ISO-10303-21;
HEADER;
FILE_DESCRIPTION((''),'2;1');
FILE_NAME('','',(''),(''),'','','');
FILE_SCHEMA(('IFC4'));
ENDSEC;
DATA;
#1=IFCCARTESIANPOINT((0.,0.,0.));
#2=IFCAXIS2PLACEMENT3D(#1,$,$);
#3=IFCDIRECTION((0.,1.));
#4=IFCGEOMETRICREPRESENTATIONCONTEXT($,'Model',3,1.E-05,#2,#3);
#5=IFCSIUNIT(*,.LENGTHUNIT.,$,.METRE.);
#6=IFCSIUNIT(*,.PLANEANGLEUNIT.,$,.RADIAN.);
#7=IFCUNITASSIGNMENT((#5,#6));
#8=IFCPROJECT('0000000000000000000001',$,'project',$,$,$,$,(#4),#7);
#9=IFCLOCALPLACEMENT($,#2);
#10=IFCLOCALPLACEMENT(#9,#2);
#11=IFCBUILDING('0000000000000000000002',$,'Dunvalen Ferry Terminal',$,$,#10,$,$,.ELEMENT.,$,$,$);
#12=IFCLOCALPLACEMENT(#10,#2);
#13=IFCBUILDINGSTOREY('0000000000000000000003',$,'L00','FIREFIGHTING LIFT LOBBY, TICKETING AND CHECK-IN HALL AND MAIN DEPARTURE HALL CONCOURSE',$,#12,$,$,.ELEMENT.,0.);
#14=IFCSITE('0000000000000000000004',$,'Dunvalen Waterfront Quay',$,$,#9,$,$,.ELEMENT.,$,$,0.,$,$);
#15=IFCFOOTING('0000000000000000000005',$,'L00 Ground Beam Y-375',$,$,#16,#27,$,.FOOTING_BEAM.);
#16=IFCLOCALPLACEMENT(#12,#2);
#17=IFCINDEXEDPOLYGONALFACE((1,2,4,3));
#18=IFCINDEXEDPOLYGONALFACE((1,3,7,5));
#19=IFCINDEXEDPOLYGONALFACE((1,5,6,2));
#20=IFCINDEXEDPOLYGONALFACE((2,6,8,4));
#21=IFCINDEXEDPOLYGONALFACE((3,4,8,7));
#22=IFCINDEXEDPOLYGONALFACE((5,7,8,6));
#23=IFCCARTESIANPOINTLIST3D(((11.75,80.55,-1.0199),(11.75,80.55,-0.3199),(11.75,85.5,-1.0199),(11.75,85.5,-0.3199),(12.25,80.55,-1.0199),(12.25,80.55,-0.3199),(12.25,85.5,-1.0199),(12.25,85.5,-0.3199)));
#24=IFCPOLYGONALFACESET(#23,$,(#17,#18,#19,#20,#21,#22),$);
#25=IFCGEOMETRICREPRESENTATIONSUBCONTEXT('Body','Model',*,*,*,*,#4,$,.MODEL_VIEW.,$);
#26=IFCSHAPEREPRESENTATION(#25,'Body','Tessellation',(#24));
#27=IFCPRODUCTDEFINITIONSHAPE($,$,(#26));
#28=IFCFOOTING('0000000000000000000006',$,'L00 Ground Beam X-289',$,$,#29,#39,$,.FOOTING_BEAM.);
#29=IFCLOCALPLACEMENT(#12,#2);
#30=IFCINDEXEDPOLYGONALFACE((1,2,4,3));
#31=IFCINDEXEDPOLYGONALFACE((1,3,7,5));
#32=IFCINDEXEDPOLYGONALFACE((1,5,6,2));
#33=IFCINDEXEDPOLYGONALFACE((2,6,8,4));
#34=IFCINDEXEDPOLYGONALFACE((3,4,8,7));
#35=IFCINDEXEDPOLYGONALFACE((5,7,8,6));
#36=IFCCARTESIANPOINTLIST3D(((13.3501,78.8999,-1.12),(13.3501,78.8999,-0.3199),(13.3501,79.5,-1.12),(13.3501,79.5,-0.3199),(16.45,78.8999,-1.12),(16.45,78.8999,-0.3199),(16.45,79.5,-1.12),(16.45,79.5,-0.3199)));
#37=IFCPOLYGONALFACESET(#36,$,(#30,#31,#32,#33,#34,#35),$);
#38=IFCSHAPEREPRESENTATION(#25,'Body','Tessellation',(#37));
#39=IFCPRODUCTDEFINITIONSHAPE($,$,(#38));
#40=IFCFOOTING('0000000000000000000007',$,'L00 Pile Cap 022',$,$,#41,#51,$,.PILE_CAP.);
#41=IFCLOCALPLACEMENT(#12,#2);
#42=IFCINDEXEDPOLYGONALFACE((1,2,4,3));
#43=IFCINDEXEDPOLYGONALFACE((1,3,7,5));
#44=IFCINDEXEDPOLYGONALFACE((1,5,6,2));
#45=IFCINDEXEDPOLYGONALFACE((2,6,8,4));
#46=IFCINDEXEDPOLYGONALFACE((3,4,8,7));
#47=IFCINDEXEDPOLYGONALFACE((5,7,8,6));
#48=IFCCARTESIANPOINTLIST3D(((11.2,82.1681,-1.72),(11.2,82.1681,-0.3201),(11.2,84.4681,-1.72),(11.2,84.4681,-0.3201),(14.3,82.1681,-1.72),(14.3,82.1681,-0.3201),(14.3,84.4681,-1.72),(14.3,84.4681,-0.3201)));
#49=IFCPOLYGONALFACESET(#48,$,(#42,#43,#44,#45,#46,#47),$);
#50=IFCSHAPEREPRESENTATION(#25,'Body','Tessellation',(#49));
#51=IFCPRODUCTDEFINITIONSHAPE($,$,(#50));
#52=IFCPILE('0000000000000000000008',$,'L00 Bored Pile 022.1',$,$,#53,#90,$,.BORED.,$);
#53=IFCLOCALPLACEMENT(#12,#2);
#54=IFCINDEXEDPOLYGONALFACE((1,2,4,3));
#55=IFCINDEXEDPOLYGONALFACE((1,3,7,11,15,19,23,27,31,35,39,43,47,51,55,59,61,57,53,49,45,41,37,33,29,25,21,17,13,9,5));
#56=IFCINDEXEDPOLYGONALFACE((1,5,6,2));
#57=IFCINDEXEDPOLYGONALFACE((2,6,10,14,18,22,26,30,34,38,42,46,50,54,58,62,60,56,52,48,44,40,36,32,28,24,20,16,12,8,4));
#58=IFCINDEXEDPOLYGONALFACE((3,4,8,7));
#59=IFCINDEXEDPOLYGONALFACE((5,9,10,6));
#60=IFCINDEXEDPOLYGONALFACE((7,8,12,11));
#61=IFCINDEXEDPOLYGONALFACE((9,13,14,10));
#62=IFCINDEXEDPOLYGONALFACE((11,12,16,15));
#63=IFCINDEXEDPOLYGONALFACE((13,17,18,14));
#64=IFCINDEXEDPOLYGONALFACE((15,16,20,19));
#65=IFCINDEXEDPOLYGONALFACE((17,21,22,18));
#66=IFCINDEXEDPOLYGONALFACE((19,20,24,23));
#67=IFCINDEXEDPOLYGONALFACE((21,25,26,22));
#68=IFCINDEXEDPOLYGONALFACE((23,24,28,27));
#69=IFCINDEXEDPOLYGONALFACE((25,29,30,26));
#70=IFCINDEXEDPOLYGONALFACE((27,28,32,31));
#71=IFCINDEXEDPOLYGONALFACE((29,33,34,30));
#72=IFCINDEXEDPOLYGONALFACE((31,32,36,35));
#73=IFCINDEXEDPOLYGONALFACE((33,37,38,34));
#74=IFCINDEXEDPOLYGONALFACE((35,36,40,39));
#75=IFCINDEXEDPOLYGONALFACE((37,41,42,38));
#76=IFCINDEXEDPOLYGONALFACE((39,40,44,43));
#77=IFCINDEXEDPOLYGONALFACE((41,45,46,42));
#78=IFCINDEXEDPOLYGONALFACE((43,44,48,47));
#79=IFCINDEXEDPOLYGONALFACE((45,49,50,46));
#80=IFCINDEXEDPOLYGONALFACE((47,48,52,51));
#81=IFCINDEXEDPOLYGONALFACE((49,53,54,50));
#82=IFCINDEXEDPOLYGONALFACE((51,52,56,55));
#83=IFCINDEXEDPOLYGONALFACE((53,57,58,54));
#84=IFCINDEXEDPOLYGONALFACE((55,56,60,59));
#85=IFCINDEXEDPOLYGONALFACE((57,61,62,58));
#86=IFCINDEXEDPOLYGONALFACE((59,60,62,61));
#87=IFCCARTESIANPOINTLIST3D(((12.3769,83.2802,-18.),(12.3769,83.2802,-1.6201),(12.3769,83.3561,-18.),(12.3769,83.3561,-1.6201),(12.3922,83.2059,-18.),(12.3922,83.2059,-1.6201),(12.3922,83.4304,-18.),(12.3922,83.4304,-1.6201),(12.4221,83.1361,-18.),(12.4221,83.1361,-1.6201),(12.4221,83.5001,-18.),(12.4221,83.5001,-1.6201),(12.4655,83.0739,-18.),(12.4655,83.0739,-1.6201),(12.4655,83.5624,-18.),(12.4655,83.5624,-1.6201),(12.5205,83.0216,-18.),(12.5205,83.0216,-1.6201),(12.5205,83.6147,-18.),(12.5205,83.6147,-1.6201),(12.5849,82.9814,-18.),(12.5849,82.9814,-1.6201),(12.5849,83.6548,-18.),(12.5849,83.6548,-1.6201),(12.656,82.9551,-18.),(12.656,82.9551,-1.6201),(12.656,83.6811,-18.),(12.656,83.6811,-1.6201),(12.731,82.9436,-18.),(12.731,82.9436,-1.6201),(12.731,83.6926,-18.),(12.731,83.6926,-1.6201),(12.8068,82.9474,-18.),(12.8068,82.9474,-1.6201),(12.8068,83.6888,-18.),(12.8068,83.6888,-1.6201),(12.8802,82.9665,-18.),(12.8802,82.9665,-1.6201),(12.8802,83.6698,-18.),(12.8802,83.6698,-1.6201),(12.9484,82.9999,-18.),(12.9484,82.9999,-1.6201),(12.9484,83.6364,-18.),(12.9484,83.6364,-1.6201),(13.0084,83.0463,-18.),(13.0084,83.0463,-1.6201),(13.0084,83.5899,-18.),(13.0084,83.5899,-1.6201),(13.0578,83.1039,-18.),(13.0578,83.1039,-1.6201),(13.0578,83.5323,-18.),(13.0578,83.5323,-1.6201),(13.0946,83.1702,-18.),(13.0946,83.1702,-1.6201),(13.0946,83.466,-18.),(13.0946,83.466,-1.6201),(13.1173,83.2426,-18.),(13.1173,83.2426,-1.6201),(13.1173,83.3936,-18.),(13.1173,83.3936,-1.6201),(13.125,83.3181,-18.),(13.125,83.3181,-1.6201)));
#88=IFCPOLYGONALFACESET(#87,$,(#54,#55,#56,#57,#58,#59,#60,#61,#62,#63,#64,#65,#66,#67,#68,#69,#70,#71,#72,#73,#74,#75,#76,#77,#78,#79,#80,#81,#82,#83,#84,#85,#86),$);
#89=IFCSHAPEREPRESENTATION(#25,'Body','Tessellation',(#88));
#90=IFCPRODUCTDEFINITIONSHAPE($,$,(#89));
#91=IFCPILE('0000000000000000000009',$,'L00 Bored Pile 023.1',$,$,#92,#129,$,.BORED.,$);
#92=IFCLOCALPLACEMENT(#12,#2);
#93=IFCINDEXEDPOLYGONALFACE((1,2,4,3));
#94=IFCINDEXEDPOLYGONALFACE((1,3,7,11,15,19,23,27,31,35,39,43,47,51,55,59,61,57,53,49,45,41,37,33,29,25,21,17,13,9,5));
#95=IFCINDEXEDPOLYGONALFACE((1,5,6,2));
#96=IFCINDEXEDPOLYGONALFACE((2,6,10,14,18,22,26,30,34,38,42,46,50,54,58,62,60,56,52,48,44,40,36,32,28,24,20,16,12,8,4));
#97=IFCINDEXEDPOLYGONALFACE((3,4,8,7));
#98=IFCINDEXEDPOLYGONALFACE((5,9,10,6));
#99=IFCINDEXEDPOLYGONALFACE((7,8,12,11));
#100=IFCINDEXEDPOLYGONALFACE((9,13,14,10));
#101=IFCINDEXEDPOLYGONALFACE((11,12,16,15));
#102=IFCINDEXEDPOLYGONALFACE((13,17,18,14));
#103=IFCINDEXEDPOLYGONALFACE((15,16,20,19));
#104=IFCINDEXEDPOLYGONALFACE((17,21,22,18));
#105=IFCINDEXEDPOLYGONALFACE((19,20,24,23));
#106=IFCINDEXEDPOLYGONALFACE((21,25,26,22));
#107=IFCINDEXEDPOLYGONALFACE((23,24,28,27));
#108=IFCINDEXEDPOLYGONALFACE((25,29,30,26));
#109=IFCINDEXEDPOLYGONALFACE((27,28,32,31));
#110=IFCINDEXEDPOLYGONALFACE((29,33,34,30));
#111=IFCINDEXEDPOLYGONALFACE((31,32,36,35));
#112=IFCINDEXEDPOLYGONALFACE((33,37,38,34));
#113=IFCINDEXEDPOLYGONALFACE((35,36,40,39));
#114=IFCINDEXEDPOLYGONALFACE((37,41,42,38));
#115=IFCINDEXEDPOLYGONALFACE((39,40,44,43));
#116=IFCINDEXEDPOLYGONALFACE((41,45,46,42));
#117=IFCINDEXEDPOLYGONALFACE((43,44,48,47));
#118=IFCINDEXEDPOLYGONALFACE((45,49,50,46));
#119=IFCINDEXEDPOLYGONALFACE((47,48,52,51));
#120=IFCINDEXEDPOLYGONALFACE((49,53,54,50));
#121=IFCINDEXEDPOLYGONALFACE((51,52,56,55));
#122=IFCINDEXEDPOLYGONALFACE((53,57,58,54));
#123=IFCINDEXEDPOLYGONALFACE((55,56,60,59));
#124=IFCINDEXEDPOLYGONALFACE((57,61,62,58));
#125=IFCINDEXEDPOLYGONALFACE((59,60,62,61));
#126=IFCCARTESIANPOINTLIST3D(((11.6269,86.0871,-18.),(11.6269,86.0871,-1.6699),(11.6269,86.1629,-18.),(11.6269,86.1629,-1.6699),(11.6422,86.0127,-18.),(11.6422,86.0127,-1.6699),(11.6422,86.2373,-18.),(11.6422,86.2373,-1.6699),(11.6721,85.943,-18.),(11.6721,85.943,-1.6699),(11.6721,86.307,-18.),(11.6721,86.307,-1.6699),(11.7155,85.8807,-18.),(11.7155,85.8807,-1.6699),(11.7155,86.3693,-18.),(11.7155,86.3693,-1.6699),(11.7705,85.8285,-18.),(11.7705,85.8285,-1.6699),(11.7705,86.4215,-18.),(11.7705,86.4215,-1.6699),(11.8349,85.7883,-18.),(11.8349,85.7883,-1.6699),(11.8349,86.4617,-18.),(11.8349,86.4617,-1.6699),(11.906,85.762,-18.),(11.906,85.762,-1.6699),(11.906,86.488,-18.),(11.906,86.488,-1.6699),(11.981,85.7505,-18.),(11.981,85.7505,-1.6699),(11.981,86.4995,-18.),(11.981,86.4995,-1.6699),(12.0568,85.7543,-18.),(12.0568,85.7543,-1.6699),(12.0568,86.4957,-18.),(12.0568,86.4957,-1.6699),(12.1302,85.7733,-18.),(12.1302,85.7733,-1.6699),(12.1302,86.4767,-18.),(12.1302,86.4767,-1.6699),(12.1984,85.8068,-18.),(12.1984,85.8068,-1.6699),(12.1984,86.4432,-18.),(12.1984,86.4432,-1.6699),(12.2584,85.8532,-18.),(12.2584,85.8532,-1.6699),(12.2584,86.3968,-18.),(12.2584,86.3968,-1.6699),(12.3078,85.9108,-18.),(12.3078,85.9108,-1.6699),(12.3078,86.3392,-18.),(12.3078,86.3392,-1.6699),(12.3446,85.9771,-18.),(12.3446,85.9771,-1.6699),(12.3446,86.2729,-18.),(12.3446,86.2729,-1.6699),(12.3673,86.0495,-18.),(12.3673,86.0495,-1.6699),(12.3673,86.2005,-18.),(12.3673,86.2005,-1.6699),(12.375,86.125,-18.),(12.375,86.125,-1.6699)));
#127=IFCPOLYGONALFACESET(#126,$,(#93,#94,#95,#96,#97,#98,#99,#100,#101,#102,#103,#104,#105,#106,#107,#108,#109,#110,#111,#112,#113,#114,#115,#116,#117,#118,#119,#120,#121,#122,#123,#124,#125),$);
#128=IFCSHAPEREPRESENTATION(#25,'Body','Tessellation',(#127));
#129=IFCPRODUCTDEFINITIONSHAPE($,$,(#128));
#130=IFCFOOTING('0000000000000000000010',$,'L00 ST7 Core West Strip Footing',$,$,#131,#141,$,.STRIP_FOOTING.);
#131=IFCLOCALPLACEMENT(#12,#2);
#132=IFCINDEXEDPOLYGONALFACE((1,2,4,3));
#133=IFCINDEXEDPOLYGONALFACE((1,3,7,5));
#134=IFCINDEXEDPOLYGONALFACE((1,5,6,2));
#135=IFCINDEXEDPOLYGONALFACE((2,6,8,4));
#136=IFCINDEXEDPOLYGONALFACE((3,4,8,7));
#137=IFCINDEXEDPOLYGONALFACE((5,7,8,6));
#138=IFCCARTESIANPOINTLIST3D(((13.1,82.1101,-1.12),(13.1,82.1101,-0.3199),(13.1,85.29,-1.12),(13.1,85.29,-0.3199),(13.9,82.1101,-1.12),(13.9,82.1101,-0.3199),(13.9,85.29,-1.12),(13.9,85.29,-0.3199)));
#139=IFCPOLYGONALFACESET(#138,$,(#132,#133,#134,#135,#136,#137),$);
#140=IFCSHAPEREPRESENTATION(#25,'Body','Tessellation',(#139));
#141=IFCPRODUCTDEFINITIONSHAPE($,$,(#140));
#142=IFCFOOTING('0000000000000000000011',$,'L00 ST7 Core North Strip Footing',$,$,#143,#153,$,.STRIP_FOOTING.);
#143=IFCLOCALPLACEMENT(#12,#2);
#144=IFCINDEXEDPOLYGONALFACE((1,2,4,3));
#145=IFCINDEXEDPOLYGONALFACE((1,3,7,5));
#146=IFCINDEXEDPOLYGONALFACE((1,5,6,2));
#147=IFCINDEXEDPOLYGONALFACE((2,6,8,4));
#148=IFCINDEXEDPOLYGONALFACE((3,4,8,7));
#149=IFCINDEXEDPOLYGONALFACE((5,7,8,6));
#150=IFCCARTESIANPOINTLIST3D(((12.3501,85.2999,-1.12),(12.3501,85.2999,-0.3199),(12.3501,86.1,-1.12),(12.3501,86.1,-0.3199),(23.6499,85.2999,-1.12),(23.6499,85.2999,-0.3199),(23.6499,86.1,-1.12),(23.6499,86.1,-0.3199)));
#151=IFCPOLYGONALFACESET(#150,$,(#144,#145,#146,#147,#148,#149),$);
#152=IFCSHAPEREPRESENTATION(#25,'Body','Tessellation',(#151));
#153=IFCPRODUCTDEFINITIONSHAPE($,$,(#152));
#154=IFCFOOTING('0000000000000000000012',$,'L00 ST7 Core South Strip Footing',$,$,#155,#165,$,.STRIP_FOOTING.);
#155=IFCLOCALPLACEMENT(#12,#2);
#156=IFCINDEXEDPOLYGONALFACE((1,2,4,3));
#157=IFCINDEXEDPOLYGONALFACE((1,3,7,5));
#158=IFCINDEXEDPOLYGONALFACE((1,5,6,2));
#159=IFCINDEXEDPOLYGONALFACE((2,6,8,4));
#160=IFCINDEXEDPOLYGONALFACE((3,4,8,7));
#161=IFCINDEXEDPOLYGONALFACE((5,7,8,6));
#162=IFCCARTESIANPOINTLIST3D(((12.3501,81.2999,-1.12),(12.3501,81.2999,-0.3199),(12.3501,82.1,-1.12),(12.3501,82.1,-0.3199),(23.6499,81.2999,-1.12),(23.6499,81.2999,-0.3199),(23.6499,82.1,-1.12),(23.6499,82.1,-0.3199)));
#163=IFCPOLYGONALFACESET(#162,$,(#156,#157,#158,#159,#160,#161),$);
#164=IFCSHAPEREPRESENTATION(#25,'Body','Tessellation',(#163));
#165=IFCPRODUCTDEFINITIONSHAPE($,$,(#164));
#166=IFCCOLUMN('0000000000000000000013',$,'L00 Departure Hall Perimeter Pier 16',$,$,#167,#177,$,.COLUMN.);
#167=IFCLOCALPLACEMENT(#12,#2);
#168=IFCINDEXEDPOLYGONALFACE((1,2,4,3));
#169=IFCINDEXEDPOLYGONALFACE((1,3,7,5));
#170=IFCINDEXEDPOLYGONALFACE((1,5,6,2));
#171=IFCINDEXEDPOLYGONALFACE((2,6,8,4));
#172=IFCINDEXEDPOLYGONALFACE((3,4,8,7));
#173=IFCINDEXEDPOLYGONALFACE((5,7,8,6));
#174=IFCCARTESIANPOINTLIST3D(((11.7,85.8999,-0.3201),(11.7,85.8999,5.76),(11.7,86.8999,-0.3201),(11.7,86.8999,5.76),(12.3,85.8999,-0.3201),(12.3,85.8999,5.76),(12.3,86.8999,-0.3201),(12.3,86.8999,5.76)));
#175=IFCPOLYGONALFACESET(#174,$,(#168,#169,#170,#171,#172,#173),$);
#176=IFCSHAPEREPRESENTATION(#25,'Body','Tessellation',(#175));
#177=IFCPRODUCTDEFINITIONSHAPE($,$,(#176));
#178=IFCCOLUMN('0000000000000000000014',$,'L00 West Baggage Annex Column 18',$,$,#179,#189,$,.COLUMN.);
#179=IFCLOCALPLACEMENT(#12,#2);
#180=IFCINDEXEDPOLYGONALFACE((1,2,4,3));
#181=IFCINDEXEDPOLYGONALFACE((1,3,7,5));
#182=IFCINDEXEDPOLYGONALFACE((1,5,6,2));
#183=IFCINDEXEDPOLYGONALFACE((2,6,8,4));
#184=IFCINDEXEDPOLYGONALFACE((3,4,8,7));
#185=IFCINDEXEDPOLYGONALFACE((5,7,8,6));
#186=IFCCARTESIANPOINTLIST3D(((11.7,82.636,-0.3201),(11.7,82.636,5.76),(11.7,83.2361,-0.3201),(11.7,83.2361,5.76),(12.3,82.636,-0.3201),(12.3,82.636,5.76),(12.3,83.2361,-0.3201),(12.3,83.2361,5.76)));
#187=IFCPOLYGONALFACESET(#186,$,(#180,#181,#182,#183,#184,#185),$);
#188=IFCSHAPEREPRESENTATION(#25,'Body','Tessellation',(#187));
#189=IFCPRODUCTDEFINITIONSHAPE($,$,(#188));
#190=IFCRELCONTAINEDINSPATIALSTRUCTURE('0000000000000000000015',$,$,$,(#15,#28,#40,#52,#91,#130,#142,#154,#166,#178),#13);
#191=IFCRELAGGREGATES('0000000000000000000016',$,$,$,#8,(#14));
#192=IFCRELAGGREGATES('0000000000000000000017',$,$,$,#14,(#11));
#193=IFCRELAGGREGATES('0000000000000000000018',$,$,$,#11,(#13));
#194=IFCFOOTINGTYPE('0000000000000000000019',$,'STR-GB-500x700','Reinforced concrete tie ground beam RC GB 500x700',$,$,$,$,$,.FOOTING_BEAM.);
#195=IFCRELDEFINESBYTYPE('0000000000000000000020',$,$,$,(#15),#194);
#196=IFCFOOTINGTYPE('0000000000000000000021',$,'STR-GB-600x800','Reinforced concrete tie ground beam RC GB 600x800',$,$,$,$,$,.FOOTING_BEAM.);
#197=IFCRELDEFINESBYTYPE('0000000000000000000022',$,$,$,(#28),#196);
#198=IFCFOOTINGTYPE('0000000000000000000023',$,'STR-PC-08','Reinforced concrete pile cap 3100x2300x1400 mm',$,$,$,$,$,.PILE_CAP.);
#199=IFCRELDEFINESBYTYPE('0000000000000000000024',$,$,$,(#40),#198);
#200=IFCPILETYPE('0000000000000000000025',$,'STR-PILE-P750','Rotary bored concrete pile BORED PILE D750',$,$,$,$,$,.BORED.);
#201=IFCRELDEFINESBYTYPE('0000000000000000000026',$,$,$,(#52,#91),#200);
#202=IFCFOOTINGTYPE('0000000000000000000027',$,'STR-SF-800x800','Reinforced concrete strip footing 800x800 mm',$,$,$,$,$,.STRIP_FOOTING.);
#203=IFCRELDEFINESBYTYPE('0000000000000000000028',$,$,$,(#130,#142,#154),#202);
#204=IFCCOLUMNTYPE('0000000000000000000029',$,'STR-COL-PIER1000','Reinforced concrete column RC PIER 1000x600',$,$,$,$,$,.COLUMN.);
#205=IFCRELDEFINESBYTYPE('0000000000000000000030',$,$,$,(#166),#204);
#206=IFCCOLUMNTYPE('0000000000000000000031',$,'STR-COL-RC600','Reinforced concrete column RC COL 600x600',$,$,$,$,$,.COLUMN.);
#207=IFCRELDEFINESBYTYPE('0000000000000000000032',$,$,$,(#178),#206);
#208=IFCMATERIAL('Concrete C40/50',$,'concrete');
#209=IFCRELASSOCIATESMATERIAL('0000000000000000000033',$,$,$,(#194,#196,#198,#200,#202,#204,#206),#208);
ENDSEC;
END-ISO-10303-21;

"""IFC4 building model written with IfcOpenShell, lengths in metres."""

from ifc_helpers import new_model, si_unit, direction, frame, origin, origin_2d, place, context, subcontext, project, spatial, rectangle, circle, extrude, material, material_profile, profile_set, type_object, element, save


model = new_model("IFC4")

# Units and contexts
model_context = context("Model", 3, precision=1e-05, world=origin(), true_north=direction((0.0, 1.0)))
body_context = subcontext(model_context, "Body", "Model", "MODEL_VIEW")
ifc_project = project(units=[si_unit("LENGTHUNIT", "METRE"), si_unit("PLANEANGLEUNIT", "RADIAN")], contexts=[model_context])

# Site, building, storey
site_placement = place(None, origin())
site = spatial("IfcSite", under=ifc_project, at=site_placement, Name="Dunvalen Waterfront Quay", CompositionType="ELEMENT", RefElevation=0.0)
building_placement = place(site_placement, origin())
building = spatial("IfcBuilding", under=site, at=building_placement, Name="Dunvalen Ferry Terminal", CompositionType="ELEMENT")
storey_placement = place(building_placement, origin())
storey = spatial("IfcBuildingStorey", under=building, at=storey_placement, Name="L00", Description="FIREFIGHTING LIFT LOBBY, TICKETING AND CHECK-IN HALL AND MAIN DEPARTURE HALL CONCOURSE", CompositionType="ELEMENT", Elevation=0.0)

# Footings
ifc_material_1 = material(Name="Concrete C40/50", Category="concrete")
ifc_material_profile_1 = material_profile(ifc_material_1, rectangle(XDim=0.5, YDim=0.7, at=origin_2d()), Name="Concrete C40/50")
ifc_profile_set_1 = profile_set([ifc_material_profile_1], Name="Concrete C40/50")
footing_type_1 = type_object("IfcFootingType", Name="STR-GB-500x700", Description="Reinforced concrete tie ground beam RC GB 500x700", PredefinedType="FOOTING_BEAM", material=ifc_profile_set_1)
footing_1_placement = place(storey_placement, frame((12.0, 80.55, -0.6699), z_axis=(0.0, 1.0, 0.0), x_axis=(-1.0, 0.0, 0.0)))
element("IfcFooting", 1, at=footing_1_placement, inside=storey, type_object=footing_type_1, Name="L00 Ground Beam Y-375", PredefinedType="FOOTING_BEAM", context=body_context, shape_type="SweptSolid", body=[
    extrude(rectangle(XDim=0.5, YDim=0.7, at=origin_2d()), origin(), (0.0, 0.0, 1.0), 4.95),
])
ifc_material_profile_2 = material_profile(ifc_material_1, rectangle(XDim=0.6001, YDim=0.8, at=origin_2d()), Name="Concrete C40/50")
ifc_profile_set_2 = profile_set([ifc_material_profile_2], Name="Concrete C40/50")
footing_type_2 = type_object("IfcFootingType", Name="STR-GB-600x800", Description="Reinforced concrete tie ground beam RC GB 600x800", PredefinedType="FOOTING_BEAM", material=ifc_profile_set_2)
footing_2_placement = place(storey_placement, frame((13.3501, 79.2, -0.72), z_axis=(1.0, 0.0, 0.0), x_axis=(0.0, 1.0, 0.0)))
element("IfcFooting", 2, at=footing_2_placement, inside=storey, type_object=footing_type_2, Name="L00 Ground Beam X-289", PredefinedType="FOOTING_BEAM", context=body_context, shape_type="SweptSolid", body=[
    extrude(rectangle(XDim=0.6001, YDim=0.8, at=origin_2d()), origin(), (0.0, 0.0, 1.0), 3.0999),
])
footing_type_3 = type_object("IfcFootingType", Name="STR-PC-08", Description="Reinforced concrete pile cap 3100x2300x1400 mm", PredefinedType="PILE_CAP", material=ifc_material_1)
footing_3_placement = place(storey_placement, frame((12.75, 83.3181, -1.72), z_axis=(0.0, 0.0, 1.0), x_axis=(1.0, 0.0, 0.0)))
element("IfcFooting", 3, at=footing_3_placement, inside=storey, type_object=footing_type_3, Name="L00 Pile Cap 022", PredefinedType="PILE_CAP", context=body_context, shape_type="SweptSolid", body=[
    extrude(rectangle(XDim=3.1001, YDim=2.3, at=origin_2d()), origin(), (0.0, 0.0, 1.0), 1.3999),
])

# Piles
ifc_material_profile_3 = material_profile(ifc_material_1, circle(Radius=0.375, at=origin_2d()), Name="Concrete C40/50")
ifc_profile_set_3 = profile_set([ifc_material_profile_3], Name="Concrete C40/50")
pile_type = type_object("IfcPileType", Name="STR-PILE-P750", Description="Rotary bored concrete pile BORED PILE D750", PredefinedType="BORED", material=ifc_profile_set_3)
pile_1_placement = place(storey_placement, frame((12.75, 83.3181, -1.6201), z_axis=(0.0, 0.0, -1.0), x_axis=(1.0, 0.0, 0.0)))
element("IfcPile", 4, at=pile_1_placement, inside=storey, type_object=pile_type, Name="L00 Bored Pile 022.1", PredefinedType="BORED", context=body_context, shape_type="SweptSolid", body=[
    extrude(circle(Radius=0.375, at=origin_2d()), origin(), (0.0, 0.0, 1.0), 16.3799),
])
pile_2_placement = place(storey_placement, frame((12.0, 86.125, -1.6699), z_axis=(0.0, 0.0, -1.0), x_axis=(1.0, 0.0, 0.0)))
element("IfcPile", 5, at=pile_2_placement, inside=storey, type_object=pile_type, Name="L00 Bored Pile 023.1", PredefinedType="BORED", context=body_context, shape_type="SweptSolid", body=[
    extrude(circle(Radius=0.375, at=origin_2d()), origin(), (0.0, 0.0, 1.0), 16.3301),
])

# Footings
ifc_material_profile_4 = material_profile(ifc_material_1, rectangle(XDim=0.8, YDim=0.8, at=origin_2d()), Name="Concrete C40/50")
ifc_profile_set_4 = profile_set([ifc_material_profile_4], Name="Concrete C40/50")
footing_type_4 = type_object("IfcFootingType", Name="STR-SF-800x800", Description="Reinforced concrete strip footing 800x800 mm", PredefinedType="STRIP_FOOTING", material=ifc_profile_set_4)
footing_4_placement = place(storey_placement, frame((13.5, 82.1101, -0.72), z_axis=(0.0, 1.0, 0.0), x_axis=(-1.0, 0.0, 0.0)))
element("IfcFooting", 6, at=footing_4_placement, inside=storey, type_object=footing_type_4, Name="L00 ST7 Core West Strip Footing", PredefinedType="STRIP_FOOTING", context=body_context, shape_type="SweptSolid", body=[
    extrude(rectangle(XDim=0.8, YDim=0.8, at=origin_2d()), origin(), (0.0, 0.0, 1.0), 3.1799),
])
for number, where, z_axis, x_axis, name in (
    (7, (12.3501, 85.7, -0.72), (1.0, 0.0, 0.0), (0.0, 1.0, 0.0), "L00 ST7 Core North Strip Footing"),
    (8, (12.3501, 81.7, -0.72), (1.0, 0.0, 0.0), (0.0, 1.0, 0.0), "L00 ST7 Core South Strip Footing"),
):
    element("IfcFooting", number, at=place(storey_placement, frame(where, z_axis=z_axis, x_axis=x_axis)), inside=storey, type_object=footing_type_4, Name=name, PredefinedType="STRIP_FOOTING", context=body_context, shape_type="SweptSolid", body=[
        extrude(rectangle(XDim=0.8, YDim=0.8, at=origin_2d()), origin(), (0.0, 0.0, 1.0), 11.2998),
    ])

# Columns
ifc_material_profile_5 = material_profile(ifc_material_1, rectangle(XDim=0.6001, YDim=1.0, at=origin_2d()), Name="Concrete C40/50")
ifc_profile_set_5 = profile_set([ifc_material_profile_5], Name="Concrete C40/50")
column_type_1 = type_object("IfcColumnType", Name="STR-COL-PIER1000", Description="Reinforced concrete column RC PIER 1000x600", PredefinedType="COLUMN", material=ifc_profile_set_5)
column_1_placement = place(storey_placement, frame((12.0, 86.3999, -0.3201), z_axis=(0.0, 0.0, 1.0), x_axis=(1.0, 0.0, 0.0)))
element("IfcColumn", 9, at=column_1_placement, inside=storey, type_object=column_type_1, Name="L00 Departure Hall Perimeter Pier 16", PredefinedType="COLUMN", context=body_context, shape_type="SweptSolid", body=[
    extrude(rectangle(XDim=0.6001, YDim=1.0, at=origin_2d()), origin(), (0.0, 0.0, 1.0), 6.0801),
])
ifc_material_profile_6 = material_profile(ifc_material_1, rectangle(XDim=0.6001, YDim=0.6001, at=origin_2d()), Name="Concrete C40/50")
ifc_profile_set_6 = profile_set([ifc_material_profile_6], Name="Concrete C40/50")
column_type_2 = type_object("IfcColumnType", Name="STR-COL-RC600", Description="Reinforced concrete column RC COL 600x600", PredefinedType="COLUMN", material=ifc_profile_set_6)
column_2_placement = place(storey_placement, frame((12.0, 82.936, -0.3201), z_axis=(0.0, 0.0, 1.0), x_axis=(1.0, 0.0, 0.0)))
element("IfcColumn", 10, at=column_2_placement, inside=storey, type_object=column_type_2, Name="L00 West Baggage Annex Column 18", PredefinedType="COLUMN", context=body_context, shape_type="SweptSolid", body=[
    extrude(rectangle(XDim=0.6001, YDim=0.6001, at=origin_2d()), origin(), (0.0, 0.0, 1.0), 6.0801),
])

save(model, "model.ifc")
